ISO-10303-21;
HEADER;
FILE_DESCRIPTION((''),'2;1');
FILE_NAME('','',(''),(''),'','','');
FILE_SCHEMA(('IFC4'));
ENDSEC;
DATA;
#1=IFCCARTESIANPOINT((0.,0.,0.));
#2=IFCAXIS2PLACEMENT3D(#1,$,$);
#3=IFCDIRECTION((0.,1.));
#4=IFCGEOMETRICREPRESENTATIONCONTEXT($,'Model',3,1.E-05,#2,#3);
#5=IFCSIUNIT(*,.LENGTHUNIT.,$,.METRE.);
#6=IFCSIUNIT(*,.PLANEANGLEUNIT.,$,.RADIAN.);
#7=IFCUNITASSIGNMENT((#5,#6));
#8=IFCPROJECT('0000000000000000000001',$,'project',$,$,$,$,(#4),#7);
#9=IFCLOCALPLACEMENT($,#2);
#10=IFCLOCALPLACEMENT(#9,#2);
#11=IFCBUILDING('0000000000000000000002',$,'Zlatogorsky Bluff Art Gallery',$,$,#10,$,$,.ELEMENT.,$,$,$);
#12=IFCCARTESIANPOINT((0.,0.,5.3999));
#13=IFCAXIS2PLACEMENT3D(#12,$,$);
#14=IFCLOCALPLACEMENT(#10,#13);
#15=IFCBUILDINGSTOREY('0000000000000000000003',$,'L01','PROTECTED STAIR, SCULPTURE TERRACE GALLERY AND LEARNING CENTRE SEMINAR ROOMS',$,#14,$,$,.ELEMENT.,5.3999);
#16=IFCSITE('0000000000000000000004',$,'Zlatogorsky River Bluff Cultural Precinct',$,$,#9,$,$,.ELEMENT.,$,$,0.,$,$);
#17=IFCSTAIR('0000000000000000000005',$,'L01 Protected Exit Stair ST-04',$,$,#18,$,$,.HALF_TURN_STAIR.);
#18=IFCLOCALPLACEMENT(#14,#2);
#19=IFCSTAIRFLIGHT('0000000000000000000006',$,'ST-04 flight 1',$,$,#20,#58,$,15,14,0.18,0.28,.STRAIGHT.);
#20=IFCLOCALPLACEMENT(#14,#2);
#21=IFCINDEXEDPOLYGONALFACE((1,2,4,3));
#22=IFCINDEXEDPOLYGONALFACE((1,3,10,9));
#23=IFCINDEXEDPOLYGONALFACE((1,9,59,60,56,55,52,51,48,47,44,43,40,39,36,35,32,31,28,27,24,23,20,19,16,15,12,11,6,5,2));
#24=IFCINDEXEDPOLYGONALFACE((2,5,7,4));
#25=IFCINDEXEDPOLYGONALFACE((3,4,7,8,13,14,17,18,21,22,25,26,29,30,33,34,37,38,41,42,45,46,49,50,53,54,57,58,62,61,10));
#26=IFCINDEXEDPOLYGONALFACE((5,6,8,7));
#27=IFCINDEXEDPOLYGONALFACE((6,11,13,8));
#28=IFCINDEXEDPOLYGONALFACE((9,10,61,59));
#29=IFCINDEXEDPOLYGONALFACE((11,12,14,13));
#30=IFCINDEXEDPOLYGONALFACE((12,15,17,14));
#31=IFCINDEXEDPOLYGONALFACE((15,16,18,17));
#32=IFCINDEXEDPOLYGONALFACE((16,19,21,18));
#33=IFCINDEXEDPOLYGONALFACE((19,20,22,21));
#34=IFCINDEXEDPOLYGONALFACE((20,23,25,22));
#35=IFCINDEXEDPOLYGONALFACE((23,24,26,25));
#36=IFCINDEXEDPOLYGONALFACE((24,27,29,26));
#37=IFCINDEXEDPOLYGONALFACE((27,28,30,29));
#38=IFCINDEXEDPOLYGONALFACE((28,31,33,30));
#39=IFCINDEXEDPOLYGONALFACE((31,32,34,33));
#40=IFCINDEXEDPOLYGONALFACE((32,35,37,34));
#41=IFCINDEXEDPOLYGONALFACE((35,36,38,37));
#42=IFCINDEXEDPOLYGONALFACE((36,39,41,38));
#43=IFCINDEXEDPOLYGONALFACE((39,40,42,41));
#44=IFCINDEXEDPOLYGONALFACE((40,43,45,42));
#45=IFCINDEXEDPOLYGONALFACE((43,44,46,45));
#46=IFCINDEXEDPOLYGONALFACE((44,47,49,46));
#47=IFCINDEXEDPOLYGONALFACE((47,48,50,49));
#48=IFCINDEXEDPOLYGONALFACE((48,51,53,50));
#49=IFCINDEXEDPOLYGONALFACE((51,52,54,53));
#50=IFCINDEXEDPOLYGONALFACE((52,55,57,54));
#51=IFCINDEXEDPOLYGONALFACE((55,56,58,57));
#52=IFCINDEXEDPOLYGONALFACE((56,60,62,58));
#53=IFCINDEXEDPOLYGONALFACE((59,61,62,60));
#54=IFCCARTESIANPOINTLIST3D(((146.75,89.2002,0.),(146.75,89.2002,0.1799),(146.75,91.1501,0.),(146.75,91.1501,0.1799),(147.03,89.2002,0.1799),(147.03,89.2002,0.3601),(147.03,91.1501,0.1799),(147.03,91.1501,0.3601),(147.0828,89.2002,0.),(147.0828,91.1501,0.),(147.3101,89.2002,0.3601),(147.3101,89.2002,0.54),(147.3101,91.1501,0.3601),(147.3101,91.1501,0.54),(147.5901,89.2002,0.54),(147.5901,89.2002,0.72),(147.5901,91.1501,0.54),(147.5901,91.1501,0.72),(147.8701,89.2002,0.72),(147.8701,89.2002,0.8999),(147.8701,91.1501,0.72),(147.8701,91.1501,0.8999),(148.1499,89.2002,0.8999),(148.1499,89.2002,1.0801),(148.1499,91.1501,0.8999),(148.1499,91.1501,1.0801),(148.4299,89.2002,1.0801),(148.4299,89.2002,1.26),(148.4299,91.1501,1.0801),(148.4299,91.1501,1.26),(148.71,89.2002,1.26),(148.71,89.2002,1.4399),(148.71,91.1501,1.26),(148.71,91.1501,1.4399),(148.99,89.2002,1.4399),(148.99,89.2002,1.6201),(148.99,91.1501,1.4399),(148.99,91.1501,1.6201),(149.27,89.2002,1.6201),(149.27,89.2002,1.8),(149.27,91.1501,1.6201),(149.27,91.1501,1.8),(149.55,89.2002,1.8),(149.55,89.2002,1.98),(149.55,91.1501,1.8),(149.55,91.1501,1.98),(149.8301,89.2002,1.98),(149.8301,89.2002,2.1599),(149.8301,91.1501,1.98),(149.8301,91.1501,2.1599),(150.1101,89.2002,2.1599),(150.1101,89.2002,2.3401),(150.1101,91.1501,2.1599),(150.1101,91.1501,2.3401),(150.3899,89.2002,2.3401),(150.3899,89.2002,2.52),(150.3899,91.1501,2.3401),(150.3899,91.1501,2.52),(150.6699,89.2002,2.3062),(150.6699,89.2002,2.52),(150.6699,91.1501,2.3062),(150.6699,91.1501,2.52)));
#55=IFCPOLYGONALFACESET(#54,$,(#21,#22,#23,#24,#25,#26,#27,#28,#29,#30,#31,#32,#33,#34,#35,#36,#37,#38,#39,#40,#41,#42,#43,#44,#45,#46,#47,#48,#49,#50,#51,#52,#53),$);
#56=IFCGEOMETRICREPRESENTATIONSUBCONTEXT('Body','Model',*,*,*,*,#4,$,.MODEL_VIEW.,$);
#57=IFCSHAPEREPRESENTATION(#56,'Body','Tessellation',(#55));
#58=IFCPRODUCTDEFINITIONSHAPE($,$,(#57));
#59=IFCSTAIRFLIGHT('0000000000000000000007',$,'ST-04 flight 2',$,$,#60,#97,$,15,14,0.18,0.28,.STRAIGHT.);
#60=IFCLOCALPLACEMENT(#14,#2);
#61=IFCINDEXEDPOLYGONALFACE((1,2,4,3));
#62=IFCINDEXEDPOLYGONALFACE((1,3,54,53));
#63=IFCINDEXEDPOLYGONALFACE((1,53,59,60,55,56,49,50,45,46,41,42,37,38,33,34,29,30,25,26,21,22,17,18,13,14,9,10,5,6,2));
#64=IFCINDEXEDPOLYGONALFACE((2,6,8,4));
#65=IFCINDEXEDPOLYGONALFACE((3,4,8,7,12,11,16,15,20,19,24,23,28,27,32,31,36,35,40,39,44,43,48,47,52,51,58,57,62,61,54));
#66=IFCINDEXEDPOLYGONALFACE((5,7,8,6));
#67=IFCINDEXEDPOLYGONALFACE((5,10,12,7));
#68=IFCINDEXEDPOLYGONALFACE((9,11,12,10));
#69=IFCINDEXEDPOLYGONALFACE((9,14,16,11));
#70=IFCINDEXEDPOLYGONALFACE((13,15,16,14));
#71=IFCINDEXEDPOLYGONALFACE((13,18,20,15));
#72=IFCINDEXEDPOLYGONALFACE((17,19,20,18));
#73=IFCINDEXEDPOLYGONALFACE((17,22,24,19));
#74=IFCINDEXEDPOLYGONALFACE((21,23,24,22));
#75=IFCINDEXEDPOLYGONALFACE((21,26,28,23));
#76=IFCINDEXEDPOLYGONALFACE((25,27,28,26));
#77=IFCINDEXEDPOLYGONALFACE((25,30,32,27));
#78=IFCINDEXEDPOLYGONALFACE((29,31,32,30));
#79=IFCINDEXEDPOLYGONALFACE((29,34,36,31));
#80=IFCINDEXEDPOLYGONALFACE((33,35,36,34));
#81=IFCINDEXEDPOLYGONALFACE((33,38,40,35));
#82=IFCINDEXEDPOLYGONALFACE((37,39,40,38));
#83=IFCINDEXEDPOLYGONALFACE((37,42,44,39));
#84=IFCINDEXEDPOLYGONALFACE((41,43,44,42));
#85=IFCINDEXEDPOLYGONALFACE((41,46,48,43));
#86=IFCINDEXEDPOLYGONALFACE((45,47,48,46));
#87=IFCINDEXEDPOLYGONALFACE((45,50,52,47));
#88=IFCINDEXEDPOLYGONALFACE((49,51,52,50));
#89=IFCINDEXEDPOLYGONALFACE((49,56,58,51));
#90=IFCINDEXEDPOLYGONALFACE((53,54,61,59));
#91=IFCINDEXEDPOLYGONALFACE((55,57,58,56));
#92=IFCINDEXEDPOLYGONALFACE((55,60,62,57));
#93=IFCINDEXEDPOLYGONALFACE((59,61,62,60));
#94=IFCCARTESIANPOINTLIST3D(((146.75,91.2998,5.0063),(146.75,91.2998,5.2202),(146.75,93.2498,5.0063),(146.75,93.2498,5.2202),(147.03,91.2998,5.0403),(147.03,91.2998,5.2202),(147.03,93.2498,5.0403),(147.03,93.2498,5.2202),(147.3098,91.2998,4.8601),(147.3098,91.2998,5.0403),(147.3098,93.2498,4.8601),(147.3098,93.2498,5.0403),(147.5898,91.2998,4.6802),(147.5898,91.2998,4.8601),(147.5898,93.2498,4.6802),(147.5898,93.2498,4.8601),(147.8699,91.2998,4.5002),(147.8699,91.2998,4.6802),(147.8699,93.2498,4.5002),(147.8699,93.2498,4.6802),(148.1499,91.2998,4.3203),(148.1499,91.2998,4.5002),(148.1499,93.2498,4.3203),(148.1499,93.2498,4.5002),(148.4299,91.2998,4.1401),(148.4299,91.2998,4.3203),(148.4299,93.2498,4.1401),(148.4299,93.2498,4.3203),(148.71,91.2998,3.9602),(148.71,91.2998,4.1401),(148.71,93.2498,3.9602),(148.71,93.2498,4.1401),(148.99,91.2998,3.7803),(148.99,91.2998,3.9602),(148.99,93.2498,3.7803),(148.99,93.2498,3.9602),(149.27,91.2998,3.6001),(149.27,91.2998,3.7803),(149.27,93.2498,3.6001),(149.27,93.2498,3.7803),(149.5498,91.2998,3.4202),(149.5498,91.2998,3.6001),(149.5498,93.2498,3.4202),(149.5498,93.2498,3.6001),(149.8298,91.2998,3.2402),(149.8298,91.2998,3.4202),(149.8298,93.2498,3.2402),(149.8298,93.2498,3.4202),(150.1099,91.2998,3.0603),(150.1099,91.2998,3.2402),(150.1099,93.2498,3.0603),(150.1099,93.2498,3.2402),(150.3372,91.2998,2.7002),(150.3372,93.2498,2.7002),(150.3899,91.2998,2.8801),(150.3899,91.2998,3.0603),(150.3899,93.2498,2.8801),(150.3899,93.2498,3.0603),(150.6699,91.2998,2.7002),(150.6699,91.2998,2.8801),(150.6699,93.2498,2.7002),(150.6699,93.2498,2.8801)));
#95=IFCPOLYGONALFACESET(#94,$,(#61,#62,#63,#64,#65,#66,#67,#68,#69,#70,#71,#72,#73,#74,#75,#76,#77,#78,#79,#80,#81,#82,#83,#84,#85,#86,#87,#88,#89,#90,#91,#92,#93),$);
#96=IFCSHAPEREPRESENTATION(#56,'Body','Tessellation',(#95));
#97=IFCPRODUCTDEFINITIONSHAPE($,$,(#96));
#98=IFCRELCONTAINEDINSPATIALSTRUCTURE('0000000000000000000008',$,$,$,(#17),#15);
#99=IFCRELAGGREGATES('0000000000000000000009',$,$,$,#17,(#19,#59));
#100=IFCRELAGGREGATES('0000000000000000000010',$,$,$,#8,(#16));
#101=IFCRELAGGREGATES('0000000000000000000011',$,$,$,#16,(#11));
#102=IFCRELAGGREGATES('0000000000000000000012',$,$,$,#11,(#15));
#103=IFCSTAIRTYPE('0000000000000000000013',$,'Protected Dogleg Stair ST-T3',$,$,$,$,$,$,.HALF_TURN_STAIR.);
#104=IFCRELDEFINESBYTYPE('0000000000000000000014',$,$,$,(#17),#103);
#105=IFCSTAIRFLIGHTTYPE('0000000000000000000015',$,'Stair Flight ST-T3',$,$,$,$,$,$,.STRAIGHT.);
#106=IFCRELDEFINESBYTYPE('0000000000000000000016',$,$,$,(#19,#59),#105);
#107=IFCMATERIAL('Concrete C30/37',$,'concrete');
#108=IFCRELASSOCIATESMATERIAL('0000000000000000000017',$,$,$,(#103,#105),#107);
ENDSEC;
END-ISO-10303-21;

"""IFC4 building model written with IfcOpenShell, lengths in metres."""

from ifc_helpers import new_model, si_unit, direction, frame, origin, place, context, subcontext, project, spatial, polyline, outline, extrude, material, type_object, element, aggregate, save


model = new_model("IFC4")

# Units and contexts
model_context = context("Model", 3, precision=1e-05, world=origin(), true_north=direction((0.0, 1.0)))
body_context = subcontext(model_context, "Body", "Model", "MODEL_VIEW")
ifc_project = project(units=[si_unit("LENGTHUNIT", "METRE"), si_unit("PLANEANGLEUNIT", "RADIAN")], contexts=[model_context])

# Site, building, storey
site_placement = place(None, origin())
site = spatial("IfcSite", under=ifc_project, at=site_placement, Name="Zlatogorsky River Bluff Cultural Precinct", CompositionType="ELEMENT", RefElevation=0.0)
building_placement = place(site_placement, origin())
building = spatial("IfcBuilding", under=site, at=building_placement, Name="Zlatogorsky Bluff Art Gallery", CompositionType="ELEMENT")
storey_placement = place(building_placement, frame((0.0, 0.0, 5.3999)))
storey = spatial("IfcBuildingStorey", under=building, at=storey_placement, Name="L01", Description="PROTECTED STAIR, SCULPTURE TERRACE GALLERY AND LEARNING CENTRE SEMINAR ROOMS", CompositionType="ELEMENT", Elevation=5.3999)

# Stair, stair flights
ifc_material_1 = material(Name="Concrete C30/37", Category="concrete")
stair_type = type_object("IfcStairType", Name="Protected Dogleg Stair ST-T3", PredefinedType="HALF_TURN_STAIR", material=ifc_material_1)
stair_placement = place(storey_placement, origin())
stair = element("IfcStair", 1, at=stair_placement, inside=storey, type_object=stair_type, Name="L01 Protected Exit Stair ST-04", PredefinedType="HALF_TURN_STAIR")
stair_flight_type = type_object("IfcStairFlightType", Name="Stair Flight ST-T3", PredefinedType="STRAIGHT", material=ifc_material_1)
stair_flight_1_placement = place(storey_placement, frame((146.75, 90.175, 0.0), z_axis=(0.0, 0.0, 1.0), x_axis=(1.0, 0.0, 0.0)))
stair_flight_1 = element("IfcStairFlight", 2, at=stair_flight_1_placement, type_object=stair_flight_type, Name="ST-04 flight 1", NumberOfRisers=15, NumberOfTreads=14, PredefinedType="STRAIGHT", RiserHeight=0.18, TreadLength=0.28, context=body_context, shape_type="SweptSolid", body=[
    extrude(outline(polyline([(0.0, 0.0), (0.0, 0.1799), (0.28, 0.1799), (0.28, 0.3601), (0.5601, 0.3601), (0.5601, 0.54), (0.8401, 0.54), (0.8401, 0.72), (1.1201, 0.72), (1.1201, 0.8999), (1.3999, 0.8999), (1.3999, 1.0801), (1.6799, 1.0801), (1.6799, 1.26), (1.96, 1.26), (1.96, 1.4399), (2.24, 1.4399), (2.24, 1.6201), (2.52, 1.6201), (2.52, 1.8), (2.8, 1.8), (2.8, 1.98), (3.0801, 1.98), (3.0801, 2.1599), (3.3601, 2.1599), (3.3601, 2.3401), (3.6399, 2.3401), (3.6399, 2.52), (3.9199, 2.52), (3.9199, 2.7), (3.9199, 2.3062), (0.3328, 0.0), (0.0, 0.0)])), frame((0.0, 0.9751, 0.0), z_axis=(0.0, -1.0, 0.0), x_axis=(1.0, 0.0, 0.0)), (0.0, 0.0, 1.0), 1.95),
])
stair_flight_2_placement = place(storey_placement, frame((150.6699, 92.2749, 2.7002), z_axis=(0.0, 0.0, 1.0), x_axis=(-1.0, 0.0, 0.0)))
stair_flight_2 = element("IfcStairFlight", 3, at=stair_flight_2_placement, type_object=stair_flight_type, Name="ST-04 flight 2", NumberOfRisers=15, NumberOfTreads=14, PredefinedType="STRAIGHT", RiserHeight=0.18, TreadLength=0.28, context=body_context, shape_type="SweptSolid", body=[
    extrude(outline(polyline([(0.0, 0.0), (0.0, 0.1799), (0.28, 0.1799), (0.28, 0.3601), (0.5601, 0.3601), (0.5601, 0.54), (0.8401, 0.54), (0.8401, 0.72), (1.1201, 0.72), (1.1201, 0.8999), (1.3999, 0.8999), (1.3999, 1.0801), (1.6799, 1.0801), (1.6799, 1.26), (1.96, 1.26), (1.96, 1.4399), (2.24, 1.4399), (2.24, 1.6201), (2.52, 1.6201), (2.52, 1.8), (2.8, 1.8), (2.8, 1.98), (3.0801, 1.98), (3.0801, 2.1599), (3.3601, 2.1599), (3.3601, 2.3401), (3.6399, 2.3401), (3.6399, 2.52), (3.9199, 2.52), (3.9199, 2.7), (3.9199, 2.3062), (0.3328, 0.0), (0.0, 0.0)])), frame((0.0, 0.9751, 0.0), z_axis=(0.0, -1.0, 0.0), x_axis=(1.0, 0.0, 0.0)), (0.0, 0.0, 1.0), 1.95),
])
aggregate(stair, [stair_flight_1, stair_flight_2])

save(model, "model.ifc")
